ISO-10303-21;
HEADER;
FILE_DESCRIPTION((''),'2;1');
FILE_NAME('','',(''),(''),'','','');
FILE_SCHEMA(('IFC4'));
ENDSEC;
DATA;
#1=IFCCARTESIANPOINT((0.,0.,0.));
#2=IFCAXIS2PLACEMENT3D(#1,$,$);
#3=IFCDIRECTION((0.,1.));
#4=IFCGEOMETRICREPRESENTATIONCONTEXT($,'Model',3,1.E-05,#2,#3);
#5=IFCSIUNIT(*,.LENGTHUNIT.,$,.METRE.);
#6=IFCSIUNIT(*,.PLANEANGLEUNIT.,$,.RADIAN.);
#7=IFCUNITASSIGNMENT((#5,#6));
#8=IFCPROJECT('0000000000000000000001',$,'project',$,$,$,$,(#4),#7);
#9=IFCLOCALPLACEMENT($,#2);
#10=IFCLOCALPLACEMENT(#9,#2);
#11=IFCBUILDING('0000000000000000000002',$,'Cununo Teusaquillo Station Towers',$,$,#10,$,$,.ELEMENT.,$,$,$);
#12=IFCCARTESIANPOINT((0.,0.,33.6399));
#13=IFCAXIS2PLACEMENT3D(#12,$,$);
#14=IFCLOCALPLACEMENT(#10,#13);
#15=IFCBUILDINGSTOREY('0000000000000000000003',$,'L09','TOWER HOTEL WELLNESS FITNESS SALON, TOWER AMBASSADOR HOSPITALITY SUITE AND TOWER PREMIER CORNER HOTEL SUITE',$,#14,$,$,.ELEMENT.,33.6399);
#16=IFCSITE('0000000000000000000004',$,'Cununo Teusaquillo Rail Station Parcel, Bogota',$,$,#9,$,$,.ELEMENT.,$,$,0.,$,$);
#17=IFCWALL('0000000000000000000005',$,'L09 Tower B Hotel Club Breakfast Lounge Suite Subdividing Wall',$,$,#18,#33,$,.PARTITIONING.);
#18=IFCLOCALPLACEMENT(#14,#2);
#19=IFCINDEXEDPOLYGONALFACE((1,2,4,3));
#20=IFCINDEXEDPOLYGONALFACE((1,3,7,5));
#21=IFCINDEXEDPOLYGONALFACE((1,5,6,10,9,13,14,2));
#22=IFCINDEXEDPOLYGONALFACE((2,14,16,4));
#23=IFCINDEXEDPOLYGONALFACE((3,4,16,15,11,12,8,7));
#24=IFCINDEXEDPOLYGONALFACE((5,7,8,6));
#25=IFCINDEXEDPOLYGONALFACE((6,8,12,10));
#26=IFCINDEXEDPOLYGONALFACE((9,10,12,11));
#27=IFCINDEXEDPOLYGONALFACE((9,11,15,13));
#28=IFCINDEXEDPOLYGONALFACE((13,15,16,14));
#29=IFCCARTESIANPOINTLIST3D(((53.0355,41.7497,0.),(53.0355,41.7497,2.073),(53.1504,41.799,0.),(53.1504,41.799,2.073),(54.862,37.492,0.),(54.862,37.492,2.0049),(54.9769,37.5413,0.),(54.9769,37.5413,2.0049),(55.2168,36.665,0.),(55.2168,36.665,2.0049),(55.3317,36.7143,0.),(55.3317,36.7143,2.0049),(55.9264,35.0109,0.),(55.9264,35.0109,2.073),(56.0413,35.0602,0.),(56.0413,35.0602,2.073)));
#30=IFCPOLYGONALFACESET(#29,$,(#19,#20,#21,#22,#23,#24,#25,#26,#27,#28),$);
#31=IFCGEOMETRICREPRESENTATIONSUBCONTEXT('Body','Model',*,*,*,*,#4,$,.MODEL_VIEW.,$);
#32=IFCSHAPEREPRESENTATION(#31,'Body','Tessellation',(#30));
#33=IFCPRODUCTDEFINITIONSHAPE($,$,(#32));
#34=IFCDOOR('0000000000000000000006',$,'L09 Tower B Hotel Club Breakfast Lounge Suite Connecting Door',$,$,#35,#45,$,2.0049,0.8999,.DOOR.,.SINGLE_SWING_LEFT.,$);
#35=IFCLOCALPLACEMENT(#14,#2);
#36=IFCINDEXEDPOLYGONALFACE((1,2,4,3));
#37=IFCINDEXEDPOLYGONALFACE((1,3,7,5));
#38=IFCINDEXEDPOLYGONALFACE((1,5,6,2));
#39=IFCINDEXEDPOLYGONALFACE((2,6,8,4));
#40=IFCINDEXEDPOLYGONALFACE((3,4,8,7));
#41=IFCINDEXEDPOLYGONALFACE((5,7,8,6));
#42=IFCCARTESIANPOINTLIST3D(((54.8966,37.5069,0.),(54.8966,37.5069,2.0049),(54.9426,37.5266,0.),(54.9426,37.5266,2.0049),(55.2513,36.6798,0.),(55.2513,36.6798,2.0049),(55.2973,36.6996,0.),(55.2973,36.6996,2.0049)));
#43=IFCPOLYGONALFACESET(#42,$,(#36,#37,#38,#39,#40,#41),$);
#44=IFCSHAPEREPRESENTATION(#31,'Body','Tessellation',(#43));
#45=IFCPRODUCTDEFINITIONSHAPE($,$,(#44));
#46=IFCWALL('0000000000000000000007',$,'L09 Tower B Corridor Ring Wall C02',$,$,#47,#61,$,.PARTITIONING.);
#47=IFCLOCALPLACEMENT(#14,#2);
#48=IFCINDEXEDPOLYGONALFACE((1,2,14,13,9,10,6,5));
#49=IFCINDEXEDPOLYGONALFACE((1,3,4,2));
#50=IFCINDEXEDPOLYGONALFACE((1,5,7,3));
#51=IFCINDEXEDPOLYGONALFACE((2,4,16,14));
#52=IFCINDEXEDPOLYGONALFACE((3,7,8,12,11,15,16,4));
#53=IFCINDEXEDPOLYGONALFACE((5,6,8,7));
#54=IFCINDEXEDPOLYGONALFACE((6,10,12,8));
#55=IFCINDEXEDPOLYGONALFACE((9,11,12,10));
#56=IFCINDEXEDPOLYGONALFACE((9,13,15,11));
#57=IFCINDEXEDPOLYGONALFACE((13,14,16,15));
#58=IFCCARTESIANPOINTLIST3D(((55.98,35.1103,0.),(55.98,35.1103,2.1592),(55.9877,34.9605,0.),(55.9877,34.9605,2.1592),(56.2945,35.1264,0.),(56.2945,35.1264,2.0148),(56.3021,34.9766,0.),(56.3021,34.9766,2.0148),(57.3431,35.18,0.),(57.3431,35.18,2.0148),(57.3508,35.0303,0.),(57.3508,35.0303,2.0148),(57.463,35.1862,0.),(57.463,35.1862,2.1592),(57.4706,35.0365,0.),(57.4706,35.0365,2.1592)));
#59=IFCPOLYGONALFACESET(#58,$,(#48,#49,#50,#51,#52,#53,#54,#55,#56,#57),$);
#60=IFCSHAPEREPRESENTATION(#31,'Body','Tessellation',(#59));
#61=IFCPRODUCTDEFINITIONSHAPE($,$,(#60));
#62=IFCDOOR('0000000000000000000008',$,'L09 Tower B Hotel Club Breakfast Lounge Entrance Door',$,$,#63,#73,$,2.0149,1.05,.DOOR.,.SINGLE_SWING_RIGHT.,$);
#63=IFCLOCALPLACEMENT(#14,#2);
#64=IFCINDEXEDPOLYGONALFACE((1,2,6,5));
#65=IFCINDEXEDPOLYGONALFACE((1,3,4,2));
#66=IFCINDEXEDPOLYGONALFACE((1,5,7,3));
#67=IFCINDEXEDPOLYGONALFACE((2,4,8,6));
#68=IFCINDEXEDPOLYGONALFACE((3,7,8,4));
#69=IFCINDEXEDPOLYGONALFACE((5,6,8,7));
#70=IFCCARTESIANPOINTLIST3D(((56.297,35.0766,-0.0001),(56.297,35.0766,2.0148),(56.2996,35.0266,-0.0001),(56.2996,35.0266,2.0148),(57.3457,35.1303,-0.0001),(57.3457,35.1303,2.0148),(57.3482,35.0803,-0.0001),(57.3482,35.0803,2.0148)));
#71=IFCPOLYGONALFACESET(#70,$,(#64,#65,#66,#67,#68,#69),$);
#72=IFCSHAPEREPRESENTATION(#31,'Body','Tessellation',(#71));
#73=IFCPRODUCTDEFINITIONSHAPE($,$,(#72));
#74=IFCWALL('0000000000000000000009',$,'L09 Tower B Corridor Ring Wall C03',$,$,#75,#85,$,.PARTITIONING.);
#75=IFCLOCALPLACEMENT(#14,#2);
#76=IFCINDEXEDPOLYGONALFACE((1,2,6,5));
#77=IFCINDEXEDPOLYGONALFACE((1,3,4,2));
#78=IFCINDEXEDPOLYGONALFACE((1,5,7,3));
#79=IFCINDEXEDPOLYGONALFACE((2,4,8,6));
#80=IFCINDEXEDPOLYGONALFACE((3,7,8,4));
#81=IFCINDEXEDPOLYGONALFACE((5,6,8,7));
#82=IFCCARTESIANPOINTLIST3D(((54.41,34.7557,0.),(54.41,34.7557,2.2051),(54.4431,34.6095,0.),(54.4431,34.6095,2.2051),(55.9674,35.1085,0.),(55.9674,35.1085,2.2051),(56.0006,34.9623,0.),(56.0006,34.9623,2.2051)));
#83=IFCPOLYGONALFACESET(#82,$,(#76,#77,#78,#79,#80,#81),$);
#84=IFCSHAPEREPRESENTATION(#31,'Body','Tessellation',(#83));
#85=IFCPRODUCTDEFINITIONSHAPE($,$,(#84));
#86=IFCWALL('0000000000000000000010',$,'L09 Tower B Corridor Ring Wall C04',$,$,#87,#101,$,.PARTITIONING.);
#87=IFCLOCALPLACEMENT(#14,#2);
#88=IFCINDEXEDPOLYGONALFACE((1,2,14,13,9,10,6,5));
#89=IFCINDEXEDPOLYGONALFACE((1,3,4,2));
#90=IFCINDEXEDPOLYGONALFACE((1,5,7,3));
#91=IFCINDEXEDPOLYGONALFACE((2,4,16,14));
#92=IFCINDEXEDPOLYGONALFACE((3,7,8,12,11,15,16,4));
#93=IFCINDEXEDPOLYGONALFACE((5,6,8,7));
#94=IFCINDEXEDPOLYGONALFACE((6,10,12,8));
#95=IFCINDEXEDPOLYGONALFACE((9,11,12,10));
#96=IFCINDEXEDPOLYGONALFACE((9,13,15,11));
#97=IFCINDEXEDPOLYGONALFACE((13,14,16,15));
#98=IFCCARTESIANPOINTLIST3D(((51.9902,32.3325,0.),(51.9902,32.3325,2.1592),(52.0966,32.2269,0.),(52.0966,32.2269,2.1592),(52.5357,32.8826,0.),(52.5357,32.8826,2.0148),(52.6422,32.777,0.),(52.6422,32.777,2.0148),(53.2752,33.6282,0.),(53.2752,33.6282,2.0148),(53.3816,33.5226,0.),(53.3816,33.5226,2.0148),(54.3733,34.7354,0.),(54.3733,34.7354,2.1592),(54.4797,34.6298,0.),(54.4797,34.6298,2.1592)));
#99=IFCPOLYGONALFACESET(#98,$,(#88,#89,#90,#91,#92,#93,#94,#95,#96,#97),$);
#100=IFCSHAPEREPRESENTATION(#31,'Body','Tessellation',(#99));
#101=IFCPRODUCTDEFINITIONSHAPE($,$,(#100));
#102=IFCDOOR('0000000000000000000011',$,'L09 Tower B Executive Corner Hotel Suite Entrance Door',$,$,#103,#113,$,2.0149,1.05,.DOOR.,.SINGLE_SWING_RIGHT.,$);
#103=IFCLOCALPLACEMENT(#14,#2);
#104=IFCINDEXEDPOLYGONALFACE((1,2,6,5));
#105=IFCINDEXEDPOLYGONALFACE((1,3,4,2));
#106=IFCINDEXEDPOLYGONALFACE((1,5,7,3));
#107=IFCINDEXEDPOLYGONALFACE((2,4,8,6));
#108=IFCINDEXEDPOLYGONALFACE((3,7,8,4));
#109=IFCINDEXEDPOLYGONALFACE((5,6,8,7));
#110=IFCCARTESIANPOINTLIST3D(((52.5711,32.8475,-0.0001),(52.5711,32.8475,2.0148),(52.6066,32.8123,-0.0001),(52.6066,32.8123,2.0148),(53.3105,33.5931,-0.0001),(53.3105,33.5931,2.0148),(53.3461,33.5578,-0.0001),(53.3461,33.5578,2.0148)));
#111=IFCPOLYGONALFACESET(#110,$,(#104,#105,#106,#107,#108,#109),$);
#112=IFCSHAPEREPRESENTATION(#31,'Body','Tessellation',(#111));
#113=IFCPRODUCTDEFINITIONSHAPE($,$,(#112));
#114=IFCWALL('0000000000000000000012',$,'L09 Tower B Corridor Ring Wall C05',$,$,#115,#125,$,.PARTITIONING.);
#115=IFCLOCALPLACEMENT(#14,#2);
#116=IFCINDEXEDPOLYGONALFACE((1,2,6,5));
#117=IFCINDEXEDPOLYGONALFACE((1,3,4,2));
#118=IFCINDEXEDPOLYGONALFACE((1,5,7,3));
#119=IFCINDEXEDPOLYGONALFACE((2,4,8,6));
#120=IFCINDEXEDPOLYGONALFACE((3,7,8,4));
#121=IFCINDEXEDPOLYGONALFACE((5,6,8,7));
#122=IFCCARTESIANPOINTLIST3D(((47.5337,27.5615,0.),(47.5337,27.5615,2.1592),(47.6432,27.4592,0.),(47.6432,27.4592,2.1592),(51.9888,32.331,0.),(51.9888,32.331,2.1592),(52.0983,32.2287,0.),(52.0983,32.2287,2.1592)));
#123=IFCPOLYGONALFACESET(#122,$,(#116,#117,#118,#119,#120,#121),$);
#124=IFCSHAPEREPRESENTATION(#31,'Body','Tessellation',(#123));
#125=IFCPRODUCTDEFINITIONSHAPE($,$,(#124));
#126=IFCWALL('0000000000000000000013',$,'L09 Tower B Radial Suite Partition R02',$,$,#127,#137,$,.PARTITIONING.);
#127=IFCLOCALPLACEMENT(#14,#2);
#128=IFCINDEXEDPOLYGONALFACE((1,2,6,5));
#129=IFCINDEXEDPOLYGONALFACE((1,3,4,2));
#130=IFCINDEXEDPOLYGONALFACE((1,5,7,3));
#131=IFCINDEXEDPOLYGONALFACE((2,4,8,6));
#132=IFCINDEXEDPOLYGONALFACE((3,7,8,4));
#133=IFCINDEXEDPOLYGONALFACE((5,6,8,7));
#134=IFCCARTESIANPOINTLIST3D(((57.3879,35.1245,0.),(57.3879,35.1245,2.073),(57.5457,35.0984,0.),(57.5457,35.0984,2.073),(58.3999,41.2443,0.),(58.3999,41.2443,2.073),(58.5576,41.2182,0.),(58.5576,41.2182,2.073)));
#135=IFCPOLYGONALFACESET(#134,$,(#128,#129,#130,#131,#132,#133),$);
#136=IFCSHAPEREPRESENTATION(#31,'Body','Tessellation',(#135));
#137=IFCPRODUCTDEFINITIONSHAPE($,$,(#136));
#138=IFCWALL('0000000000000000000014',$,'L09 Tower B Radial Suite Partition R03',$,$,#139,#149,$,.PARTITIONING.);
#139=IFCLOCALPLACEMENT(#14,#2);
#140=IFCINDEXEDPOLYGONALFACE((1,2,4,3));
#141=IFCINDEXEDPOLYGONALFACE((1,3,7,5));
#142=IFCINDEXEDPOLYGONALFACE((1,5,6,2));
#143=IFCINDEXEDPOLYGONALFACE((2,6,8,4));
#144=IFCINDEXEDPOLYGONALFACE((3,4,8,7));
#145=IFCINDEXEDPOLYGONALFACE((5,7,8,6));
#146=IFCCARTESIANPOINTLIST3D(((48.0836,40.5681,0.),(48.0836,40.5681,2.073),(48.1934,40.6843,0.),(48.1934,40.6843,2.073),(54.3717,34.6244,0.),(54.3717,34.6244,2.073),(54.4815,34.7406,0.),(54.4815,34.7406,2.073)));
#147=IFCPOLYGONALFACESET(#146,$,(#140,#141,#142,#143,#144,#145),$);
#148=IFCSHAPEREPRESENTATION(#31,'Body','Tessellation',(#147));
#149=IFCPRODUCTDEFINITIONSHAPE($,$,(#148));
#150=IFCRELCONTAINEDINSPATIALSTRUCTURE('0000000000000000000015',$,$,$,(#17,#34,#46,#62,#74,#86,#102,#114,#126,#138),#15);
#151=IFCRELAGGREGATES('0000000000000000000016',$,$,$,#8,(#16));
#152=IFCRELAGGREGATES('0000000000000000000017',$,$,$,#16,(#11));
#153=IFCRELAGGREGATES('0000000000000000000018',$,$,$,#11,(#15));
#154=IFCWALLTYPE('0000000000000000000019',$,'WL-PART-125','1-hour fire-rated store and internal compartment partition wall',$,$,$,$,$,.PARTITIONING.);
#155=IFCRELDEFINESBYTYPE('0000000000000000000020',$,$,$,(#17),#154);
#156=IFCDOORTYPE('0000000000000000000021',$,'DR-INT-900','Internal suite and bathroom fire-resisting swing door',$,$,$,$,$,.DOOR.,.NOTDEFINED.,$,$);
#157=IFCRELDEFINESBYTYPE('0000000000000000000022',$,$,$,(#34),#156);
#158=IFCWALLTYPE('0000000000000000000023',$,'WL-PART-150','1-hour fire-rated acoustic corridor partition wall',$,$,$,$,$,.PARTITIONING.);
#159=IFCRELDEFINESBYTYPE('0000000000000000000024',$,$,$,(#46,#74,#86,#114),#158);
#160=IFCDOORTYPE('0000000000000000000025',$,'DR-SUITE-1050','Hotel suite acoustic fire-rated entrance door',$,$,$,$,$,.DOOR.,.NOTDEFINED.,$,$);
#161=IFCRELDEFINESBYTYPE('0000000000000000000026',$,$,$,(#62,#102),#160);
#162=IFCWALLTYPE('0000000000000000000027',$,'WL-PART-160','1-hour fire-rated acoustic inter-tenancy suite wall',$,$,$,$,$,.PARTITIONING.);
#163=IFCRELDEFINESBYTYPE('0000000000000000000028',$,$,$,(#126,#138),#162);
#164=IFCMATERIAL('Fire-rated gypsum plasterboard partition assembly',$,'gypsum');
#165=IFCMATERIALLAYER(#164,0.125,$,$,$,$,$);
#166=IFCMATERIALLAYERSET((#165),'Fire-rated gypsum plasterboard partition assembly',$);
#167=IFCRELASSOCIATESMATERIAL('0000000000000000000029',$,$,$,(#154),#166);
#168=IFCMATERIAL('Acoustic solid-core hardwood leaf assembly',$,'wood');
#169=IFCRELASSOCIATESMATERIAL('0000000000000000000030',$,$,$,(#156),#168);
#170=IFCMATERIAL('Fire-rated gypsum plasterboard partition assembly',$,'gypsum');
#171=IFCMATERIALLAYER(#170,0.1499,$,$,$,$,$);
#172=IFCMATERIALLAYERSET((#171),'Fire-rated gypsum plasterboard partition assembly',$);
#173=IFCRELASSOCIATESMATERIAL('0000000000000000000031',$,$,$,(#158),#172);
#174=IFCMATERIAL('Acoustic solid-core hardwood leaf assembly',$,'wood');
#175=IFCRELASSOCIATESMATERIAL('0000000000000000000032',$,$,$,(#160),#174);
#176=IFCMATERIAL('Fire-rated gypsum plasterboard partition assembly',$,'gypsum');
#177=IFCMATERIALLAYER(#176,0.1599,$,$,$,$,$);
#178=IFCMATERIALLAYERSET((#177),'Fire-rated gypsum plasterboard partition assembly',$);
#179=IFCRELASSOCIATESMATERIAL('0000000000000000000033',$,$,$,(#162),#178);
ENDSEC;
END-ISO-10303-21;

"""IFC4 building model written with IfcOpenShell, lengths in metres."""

from ifc_helpers import new_model, si_unit, direction, frame, frame_2d, origin, place, context, subcontext, project, spatial, rectangle, extrude, source, transform, mapped, material, layer, layer_set, type_object, element, fill, save


model = new_model("IFC4")

# Units and contexts
model_context = context("Model", 3, precision=1e-05, world=origin(), true_north=direction((0.0, 1.0)))
body_context = subcontext(model_context, "Body", "Model", "MODEL_VIEW")
ifc_project = project(units=[si_unit("LENGTHUNIT", "METRE"), si_unit("PLANEANGLEUNIT", "RADIAN")], contexts=[model_context])

# Site, building, storey
site_placement = place(None, origin())
site = spatial("IfcSite", under=ifc_project, at=site_placement, Name="Cununo Teusaquillo Rail Station Parcel, Bogota", CompositionType="ELEMENT", RefElevation=0.0)
building_placement = place(site_placement, origin())
building = spatial("IfcBuilding", under=site, at=building_placement, Name="Cununo Teusaquillo Station Towers", CompositionType="ELEMENT")
storey_placement = place(building_placement, frame((0.0, 0.0, 33.6399)))
storey = spatial("IfcBuildingStorey", under=building, at=storey_placement, Name="L09", Description="TOWER HOTEL WELLNESS FITNESS SALON, TOWER AMBASSADOR HOSPITALITY SUITE AND TOWER PREMIER CORNER HOTEL SUITE", CompositionType="ELEMENT", Elevation=33.6399)

# Shared definitions
ifc_material_1 = material(Name="Fire-rated gypsum plasterboard partition assembly", Category="gypsum")
ifc_layer_1 = layer(ifc_material_1, 0.125)
ifc_layer_set_1 = layer_set([ifc_layer_1], Name="Fire-rated gypsum plasterboard partition assembly")
wall_type_1 = type_object("IfcWallType", Name="WL-PART-125", Description="1-hour fire-rated store and internal compartment partition wall", PredefinedType="PARTITIONING", material=ifc_layer_set_1)

# Walls, openings, doors
wall_1_placement = place(storey_placement, frame((55.9839, 35.0354, 0.0), z_axis=(0.0, 0.0, 1.0), x_axis=(-0.394245, 0.919005, 0.0)))
wall_1 = element("IfcWall", 1, at=wall_1_placement, inside=storey, type_object=wall_type_1, Name="L09 Tower B Hotel Club Breakfast Lounge Suite Subdividing Wall", PredefinedType="PARTITIONING", context=body_context, shape_type="SweptSolid", body=[
    extrude(rectangle(XDim=7.3328, YDim=0.125, at=frame_2d((3.6665, 0.0))), origin(), (0.0, 0.0, 1.0), 2.073),
])
shared_shape_1 = source(origin(), body_context, "Body", "SweptSolid", [
    extrude(rectangle(XDim=0.8999, YDim=2.0049, at=frame_2d((0.45, 1.0024))), frame((0.0, 0.0725, 0.0), z_axis=(0.0, -1.0, 0.0), x_axis=(1.0, 0.0, 0.0)), (0.0, 0.0, 1.0), 0.145),
])
opening_1_placement = place(wall_1_placement, frame((1.8, 0.0, 0.0)))
opening_1 = element("IfcOpeningElement", 2, at=opening_1_placement, cuts=wall_1, PredefinedType="OPENING", context=body_context, shape_type="MappedRepresentation", body=[
    mapped(shared_shape_1, transform((0.0, 0.0, 0.0), x_axis=(1.0, 0.0, 0.0), y_axis=(0.0, 1.0, 0.0), z_axis=(0.0, 0.0, 1.0), scale=1.0)),
])
ifc_material_2 = material(Name="Acoustic solid-core hardwood leaf assembly", Category="wood")
door_type_1 = type_object("IfcDoorType", Name="DR-INT-900", Description="Internal suite and bathroom fire-resisting swing door", OperationType="NOTDEFINED", PredefinedType="DOOR", material=ifc_material_2)
shared_shape_2 = source(origin(), body_context, "Body", "SweptSolid", [
    extrude(rectangle(XDim=0.8999, YDim=2.0049, at=frame_2d((0.45, 1.0024))), frame((0.0, 0.0249, 0.0), z_axis=(0.0, -1.0, 0.0), x_axis=(1.0, 0.0, 0.0)), (0.0, 0.0, 1.0), 0.05),
])
door_1_placement = place(opening_1_placement, origin())
door_1 = element("IfcDoor", 3, at=door_1_placement, inside=storey, type_object=door_type_1, Name="L09 Tower B Hotel Club Breakfast Lounge Suite Connecting Door", OperationType="SINGLE_SWING_LEFT", OverallHeight=2.0049, OverallWidth=0.8999, PredefinedType="DOOR", context=body_context, shape_type="MappedRepresentation", body=[
    mapped(shared_shape_2, transform((0.0, 0.0, 0.0), x_axis=(1.0, 0.0, 0.0), y_axis=(0.0, 1.0, 0.0), z_axis=(0.0, 0.0, 1.0), scale=1.0)),
])
fill(opening_1, door_1)
ifc_material_3 = material(Name="Fire-rated gypsum plasterboard partition assembly", Category="gypsum")
ifc_layer_2 = layer(ifc_material_3, 0.1499)
ifc_layer_set_2 = layer_set([ifc_layer_2], Name="Fire-rated gypsum plasterboard partition assembly")
wall_type_2 = type_object("IfcWallType", Name="WL-PART-150", Description="1-hour fire-rated acoustic corridor partition wall", PredefinedType="PARTITIONING", material=ifc_layer_set_2)
wall_2_placement = place(storey_placement, frame((57.4668, 35.1113, 0.0), z_axis=(0.0, 0.0, 1.0), x_axis=(-0.998692, -0.051135, 0.0)))
wall_2 = element("IfcWall", 4, at=wall_2_placement, inside=storey, type_object=wall_type_2, Name="L09 Tower B Corridor Ring Wall C02", PredefinedType="PARTITIONING", context=body_context, shape_type="SweptSolid", body=[
    extrude(rectangle(XDim=1.4849, YDim=0.1499, at=frame_2d((0.7424, 0.0))), origin(), (0.0, 0.0, 1.0), 2.1592),
])
shared_shape_3 = source(origin(), body_context, "Body", "SweptSolid", [
    extrude(rectangle(XDim=1.05, YDim=2.0149, at=frame_2d((0.5249, 1.0073))), frame((0.0, 0.085, 0.0), z_axis=(0.0, -1.0, 0.0), x_axis=(1.0, 0.0, 0.0)), (0.0, 0.0, 1.0), 0.1699),
])
opening_2_placement = place(wall_2_placement, frame((0.1201, 0.0, 0.0)))
opening_2 = element("IfcOpeningElement", 5, at=opening_2_placement, cuts=wall_2, PredefinedType="OPENING", context=body_context, shape_type="MappedRepresentation", body=[
    mapped(shared_shape_3, transform((0.0, 0.0, 0.0), x_axis=(1.0, 0.0, 0.0), y_axis=(0.0, 1.0, 0.0), z_axis=(0.0, 0.0, 1.0), scale=1.0)),
])
ifc_material_4 = material(Name="Acoustic solid-core hardwood leaf assembly", Category="wood")
door_type_2 = type_object("IfcDoorType", Name="DR-SUITE-1050", Description="Hotel suite acoustic fire-rated entrance door", OperationType="NOTDEFINED", PredefinedType="DOOR", material=ifc_material_4)
shared_shape_4 = source(origin(), body_context, "Body", "SweptSolid", [
    extrude(rectangle(XDim=1.05, YDim=2.0149, at=frame_2d((0.5249, 1.0073))), frame((0.0, 0.0249, 0.0), z_axis=(0.0, -1.0, 0.0), x_axis=(1.0, 0.0, 0.0)), (0.0, 0.0, 1.0), 0.05),
])
door_2_placement = place(opening_2_placement, origin())
door_2 = element("IfcDoor", 6, at=door_2_placement, inside=storey, type_object=door_type_2, Name="L09 Tower B Hotel Club Breakfast Lounge Entrance Door", OperationType="SINGLE_SWING_RIGHT", OverallHeight=2.0149, OverallWidth=1.05, PredefinedType="DOOR", context=body_context, shape_type="MappedRepresentation", body=[
    mapped(shared_shape_4, transform((0.0, 0.0, 0.0), x_axis=(1.0, 0.0, 0.0), y_axis=(0.0, 1.0, 0.0), z_axis=(0.0, 0.0, 1.0), scale=1.0)),
])
fill(opening_2, door_2)

# Wall
wall_3_placement = place(storey_placement, frame((55.9839, 35.0354, 0.0), z_axis=(0.0, 0.0, 1.0), x_axis=(-0.97529, -0.220927, 0.0)))
element("IfcWall", 7, at=wall_3_placement, inside=storey, type_object=wall_type_2, Name="L09 Tower B Corridor Ring Wall C03", PredefinedType="PARTITIONING", context=body_context, shape_type="SweptSolid", body=[
    extrude(rectangle(XDim=1.5969, YDim=0.1499, at=frame_2d((0.7983, 0.0))), origin(), (0.0, 0.0, 1.0), 2.2051),
])

# Wall, opening, door
wall_4_placement = place(storey_placement, frame((54.4265, 34.6826, 0.0), z_axis=(0.0, 0.0, 1.0), x_axis=(-0.704179, -0.710022, 0.0)))
wall_4 = element("IfcWall", 8, at=wall_4_placement, inside=storey, type_object=wall_type_2, Name="L09 Tower B Corridor Ring Wall C04", PredefinedType="PARTITIONING", context=body_context, shape_type="SweptSolid", body=[
    extrude(rectangle(XDim=3.3843, YDim=0.1499, at=frame_2d((1.6921, 0.0))), origin(), (0.0, 0.0, 1.0), 2.1592),
])
opening_3_placement = place(wall_4_placement, frame((1.5596, 0.0, 0.0)))
opening_3 = element("IfcOpeningElement", 9, at=opening_3_placement, cuts=wall_4, PredefinedType="OPENING", context=body_context, shape_type="MappedRepresentation", body=[
    mapped(shared_shape_3, transform((0.0, 0.0, 0.0), x_axis=(1.0, 0.0, 0.0), y_axis=(0.0, 1.0, 0.0), z_axis=(0.0, 0.0, 1.0), scale=1.0)),
])
door_3_placement = place(opening_3_placement, origin())
door_3 = element("IfcDoor", 10, at=door_3_placement, inside=storey, type_object=door_type_2, Name="L09 Tower B Executive Corner Hotel Suite Entrance Door", OperationType="SINGLE_SWING_RIGHT", OverallHeight=2.0149, OverallWidth=1.05, PredefinedType="DOOR", context=body_context, shape_type="MappedRepresentation", body=[
    mapped(shared_shape_4, transform((0.0, 0.0, 0.0), x_axis=(1.0, 0.0, 0.0), y_axis=(0.0, 1.0, 0.0), z_axis=(0.0, 0.0, 1.0), scale=1.0)),
])
fill(opening_3, door_3)

# Walls
wall_5_placement = place(storey_placement, frame((52.0435, 32.2798, 0.0), z_axis=(0.0, 0.0, 1.0), x_axis=(-0.682606, -0.730787, 0.0)))
element("IfcWall", 11, at=wall_5_placement, inside=storey, type_object=wall_type_2, Name="L09 Tower B Corridor Ring Wall C05", PredefinedType="PARTITIONING", context=body_context, shape_type="SweptSolid", body=[
    extrude(rectangle(XDim=6.5266, YDim=0.1499, at=frame_2d((3.2632, 0.0))), origin(), (0.0, 0.0, 1.0), 2.1592),
])
ifc_material_5 = material(Name="Fire-rated gypsum plasterboard partition assembly", Category="gypsum")
ifc_layer_3 = layer(ifc_material_5, 0.1599)
ifc_layer_set_3 = layer_set([ifc_layer_3], Name="Fire-rated gypsum plasterboard partition assembly")
wall_type_3 = type_object("IfcWallType", Name="WL-PART-160", Description="1-hour fire-rated acoustic inter-tenancy suite wall", PredefinedType="PARTITIONING", material=ifc_layer_set_3)
wall_6_placement = place(storey_placement, frame((57.4668, 35.1113, 0.0), z_axis=(0.0, 0.0, 1.0), x_axis=(0.163142, 0.986603, 0.0)))
element("IfcWall", 12, at=wall_6_placement, inside=storey, type_object=wall_type_3, Name="L09 Tower B Radial Suite Partition R02", PredefinedType="PARTITIONING", context=body_context, shape_type="SweptSolid", body=[
    extrude(rectangle(XDim=6.2029, YDim=0.1599, at=frame_2d((3.1016, 0.0))), origin(), (0.0, 0.0, 1.0), 2.073),
])
wall_7_placement = place(storey_placement, frame((54.4265, 34.6826, 0.0), z_axis=(0.0, 0.0, 1.0), x_axis=(-0.726733, 0.68692, 0.0)))
element("IfcWall", 13, at=wall_7_placement, inside=storey, type_object=wall_type_3, Name="L09 Tower B Radial Suite Partition R03", PredefinedType="PARTITIONING", context=body_context, shape_type="SweptSolid", body=[
    extrude(rectangle(XDim=8.6526, YDim=0.1599, at=frame_2d((4.3262, 0.0))), origin(), (0.0, 0.0, 1.0), 2.073),
])

save(model, "model.ifc")
